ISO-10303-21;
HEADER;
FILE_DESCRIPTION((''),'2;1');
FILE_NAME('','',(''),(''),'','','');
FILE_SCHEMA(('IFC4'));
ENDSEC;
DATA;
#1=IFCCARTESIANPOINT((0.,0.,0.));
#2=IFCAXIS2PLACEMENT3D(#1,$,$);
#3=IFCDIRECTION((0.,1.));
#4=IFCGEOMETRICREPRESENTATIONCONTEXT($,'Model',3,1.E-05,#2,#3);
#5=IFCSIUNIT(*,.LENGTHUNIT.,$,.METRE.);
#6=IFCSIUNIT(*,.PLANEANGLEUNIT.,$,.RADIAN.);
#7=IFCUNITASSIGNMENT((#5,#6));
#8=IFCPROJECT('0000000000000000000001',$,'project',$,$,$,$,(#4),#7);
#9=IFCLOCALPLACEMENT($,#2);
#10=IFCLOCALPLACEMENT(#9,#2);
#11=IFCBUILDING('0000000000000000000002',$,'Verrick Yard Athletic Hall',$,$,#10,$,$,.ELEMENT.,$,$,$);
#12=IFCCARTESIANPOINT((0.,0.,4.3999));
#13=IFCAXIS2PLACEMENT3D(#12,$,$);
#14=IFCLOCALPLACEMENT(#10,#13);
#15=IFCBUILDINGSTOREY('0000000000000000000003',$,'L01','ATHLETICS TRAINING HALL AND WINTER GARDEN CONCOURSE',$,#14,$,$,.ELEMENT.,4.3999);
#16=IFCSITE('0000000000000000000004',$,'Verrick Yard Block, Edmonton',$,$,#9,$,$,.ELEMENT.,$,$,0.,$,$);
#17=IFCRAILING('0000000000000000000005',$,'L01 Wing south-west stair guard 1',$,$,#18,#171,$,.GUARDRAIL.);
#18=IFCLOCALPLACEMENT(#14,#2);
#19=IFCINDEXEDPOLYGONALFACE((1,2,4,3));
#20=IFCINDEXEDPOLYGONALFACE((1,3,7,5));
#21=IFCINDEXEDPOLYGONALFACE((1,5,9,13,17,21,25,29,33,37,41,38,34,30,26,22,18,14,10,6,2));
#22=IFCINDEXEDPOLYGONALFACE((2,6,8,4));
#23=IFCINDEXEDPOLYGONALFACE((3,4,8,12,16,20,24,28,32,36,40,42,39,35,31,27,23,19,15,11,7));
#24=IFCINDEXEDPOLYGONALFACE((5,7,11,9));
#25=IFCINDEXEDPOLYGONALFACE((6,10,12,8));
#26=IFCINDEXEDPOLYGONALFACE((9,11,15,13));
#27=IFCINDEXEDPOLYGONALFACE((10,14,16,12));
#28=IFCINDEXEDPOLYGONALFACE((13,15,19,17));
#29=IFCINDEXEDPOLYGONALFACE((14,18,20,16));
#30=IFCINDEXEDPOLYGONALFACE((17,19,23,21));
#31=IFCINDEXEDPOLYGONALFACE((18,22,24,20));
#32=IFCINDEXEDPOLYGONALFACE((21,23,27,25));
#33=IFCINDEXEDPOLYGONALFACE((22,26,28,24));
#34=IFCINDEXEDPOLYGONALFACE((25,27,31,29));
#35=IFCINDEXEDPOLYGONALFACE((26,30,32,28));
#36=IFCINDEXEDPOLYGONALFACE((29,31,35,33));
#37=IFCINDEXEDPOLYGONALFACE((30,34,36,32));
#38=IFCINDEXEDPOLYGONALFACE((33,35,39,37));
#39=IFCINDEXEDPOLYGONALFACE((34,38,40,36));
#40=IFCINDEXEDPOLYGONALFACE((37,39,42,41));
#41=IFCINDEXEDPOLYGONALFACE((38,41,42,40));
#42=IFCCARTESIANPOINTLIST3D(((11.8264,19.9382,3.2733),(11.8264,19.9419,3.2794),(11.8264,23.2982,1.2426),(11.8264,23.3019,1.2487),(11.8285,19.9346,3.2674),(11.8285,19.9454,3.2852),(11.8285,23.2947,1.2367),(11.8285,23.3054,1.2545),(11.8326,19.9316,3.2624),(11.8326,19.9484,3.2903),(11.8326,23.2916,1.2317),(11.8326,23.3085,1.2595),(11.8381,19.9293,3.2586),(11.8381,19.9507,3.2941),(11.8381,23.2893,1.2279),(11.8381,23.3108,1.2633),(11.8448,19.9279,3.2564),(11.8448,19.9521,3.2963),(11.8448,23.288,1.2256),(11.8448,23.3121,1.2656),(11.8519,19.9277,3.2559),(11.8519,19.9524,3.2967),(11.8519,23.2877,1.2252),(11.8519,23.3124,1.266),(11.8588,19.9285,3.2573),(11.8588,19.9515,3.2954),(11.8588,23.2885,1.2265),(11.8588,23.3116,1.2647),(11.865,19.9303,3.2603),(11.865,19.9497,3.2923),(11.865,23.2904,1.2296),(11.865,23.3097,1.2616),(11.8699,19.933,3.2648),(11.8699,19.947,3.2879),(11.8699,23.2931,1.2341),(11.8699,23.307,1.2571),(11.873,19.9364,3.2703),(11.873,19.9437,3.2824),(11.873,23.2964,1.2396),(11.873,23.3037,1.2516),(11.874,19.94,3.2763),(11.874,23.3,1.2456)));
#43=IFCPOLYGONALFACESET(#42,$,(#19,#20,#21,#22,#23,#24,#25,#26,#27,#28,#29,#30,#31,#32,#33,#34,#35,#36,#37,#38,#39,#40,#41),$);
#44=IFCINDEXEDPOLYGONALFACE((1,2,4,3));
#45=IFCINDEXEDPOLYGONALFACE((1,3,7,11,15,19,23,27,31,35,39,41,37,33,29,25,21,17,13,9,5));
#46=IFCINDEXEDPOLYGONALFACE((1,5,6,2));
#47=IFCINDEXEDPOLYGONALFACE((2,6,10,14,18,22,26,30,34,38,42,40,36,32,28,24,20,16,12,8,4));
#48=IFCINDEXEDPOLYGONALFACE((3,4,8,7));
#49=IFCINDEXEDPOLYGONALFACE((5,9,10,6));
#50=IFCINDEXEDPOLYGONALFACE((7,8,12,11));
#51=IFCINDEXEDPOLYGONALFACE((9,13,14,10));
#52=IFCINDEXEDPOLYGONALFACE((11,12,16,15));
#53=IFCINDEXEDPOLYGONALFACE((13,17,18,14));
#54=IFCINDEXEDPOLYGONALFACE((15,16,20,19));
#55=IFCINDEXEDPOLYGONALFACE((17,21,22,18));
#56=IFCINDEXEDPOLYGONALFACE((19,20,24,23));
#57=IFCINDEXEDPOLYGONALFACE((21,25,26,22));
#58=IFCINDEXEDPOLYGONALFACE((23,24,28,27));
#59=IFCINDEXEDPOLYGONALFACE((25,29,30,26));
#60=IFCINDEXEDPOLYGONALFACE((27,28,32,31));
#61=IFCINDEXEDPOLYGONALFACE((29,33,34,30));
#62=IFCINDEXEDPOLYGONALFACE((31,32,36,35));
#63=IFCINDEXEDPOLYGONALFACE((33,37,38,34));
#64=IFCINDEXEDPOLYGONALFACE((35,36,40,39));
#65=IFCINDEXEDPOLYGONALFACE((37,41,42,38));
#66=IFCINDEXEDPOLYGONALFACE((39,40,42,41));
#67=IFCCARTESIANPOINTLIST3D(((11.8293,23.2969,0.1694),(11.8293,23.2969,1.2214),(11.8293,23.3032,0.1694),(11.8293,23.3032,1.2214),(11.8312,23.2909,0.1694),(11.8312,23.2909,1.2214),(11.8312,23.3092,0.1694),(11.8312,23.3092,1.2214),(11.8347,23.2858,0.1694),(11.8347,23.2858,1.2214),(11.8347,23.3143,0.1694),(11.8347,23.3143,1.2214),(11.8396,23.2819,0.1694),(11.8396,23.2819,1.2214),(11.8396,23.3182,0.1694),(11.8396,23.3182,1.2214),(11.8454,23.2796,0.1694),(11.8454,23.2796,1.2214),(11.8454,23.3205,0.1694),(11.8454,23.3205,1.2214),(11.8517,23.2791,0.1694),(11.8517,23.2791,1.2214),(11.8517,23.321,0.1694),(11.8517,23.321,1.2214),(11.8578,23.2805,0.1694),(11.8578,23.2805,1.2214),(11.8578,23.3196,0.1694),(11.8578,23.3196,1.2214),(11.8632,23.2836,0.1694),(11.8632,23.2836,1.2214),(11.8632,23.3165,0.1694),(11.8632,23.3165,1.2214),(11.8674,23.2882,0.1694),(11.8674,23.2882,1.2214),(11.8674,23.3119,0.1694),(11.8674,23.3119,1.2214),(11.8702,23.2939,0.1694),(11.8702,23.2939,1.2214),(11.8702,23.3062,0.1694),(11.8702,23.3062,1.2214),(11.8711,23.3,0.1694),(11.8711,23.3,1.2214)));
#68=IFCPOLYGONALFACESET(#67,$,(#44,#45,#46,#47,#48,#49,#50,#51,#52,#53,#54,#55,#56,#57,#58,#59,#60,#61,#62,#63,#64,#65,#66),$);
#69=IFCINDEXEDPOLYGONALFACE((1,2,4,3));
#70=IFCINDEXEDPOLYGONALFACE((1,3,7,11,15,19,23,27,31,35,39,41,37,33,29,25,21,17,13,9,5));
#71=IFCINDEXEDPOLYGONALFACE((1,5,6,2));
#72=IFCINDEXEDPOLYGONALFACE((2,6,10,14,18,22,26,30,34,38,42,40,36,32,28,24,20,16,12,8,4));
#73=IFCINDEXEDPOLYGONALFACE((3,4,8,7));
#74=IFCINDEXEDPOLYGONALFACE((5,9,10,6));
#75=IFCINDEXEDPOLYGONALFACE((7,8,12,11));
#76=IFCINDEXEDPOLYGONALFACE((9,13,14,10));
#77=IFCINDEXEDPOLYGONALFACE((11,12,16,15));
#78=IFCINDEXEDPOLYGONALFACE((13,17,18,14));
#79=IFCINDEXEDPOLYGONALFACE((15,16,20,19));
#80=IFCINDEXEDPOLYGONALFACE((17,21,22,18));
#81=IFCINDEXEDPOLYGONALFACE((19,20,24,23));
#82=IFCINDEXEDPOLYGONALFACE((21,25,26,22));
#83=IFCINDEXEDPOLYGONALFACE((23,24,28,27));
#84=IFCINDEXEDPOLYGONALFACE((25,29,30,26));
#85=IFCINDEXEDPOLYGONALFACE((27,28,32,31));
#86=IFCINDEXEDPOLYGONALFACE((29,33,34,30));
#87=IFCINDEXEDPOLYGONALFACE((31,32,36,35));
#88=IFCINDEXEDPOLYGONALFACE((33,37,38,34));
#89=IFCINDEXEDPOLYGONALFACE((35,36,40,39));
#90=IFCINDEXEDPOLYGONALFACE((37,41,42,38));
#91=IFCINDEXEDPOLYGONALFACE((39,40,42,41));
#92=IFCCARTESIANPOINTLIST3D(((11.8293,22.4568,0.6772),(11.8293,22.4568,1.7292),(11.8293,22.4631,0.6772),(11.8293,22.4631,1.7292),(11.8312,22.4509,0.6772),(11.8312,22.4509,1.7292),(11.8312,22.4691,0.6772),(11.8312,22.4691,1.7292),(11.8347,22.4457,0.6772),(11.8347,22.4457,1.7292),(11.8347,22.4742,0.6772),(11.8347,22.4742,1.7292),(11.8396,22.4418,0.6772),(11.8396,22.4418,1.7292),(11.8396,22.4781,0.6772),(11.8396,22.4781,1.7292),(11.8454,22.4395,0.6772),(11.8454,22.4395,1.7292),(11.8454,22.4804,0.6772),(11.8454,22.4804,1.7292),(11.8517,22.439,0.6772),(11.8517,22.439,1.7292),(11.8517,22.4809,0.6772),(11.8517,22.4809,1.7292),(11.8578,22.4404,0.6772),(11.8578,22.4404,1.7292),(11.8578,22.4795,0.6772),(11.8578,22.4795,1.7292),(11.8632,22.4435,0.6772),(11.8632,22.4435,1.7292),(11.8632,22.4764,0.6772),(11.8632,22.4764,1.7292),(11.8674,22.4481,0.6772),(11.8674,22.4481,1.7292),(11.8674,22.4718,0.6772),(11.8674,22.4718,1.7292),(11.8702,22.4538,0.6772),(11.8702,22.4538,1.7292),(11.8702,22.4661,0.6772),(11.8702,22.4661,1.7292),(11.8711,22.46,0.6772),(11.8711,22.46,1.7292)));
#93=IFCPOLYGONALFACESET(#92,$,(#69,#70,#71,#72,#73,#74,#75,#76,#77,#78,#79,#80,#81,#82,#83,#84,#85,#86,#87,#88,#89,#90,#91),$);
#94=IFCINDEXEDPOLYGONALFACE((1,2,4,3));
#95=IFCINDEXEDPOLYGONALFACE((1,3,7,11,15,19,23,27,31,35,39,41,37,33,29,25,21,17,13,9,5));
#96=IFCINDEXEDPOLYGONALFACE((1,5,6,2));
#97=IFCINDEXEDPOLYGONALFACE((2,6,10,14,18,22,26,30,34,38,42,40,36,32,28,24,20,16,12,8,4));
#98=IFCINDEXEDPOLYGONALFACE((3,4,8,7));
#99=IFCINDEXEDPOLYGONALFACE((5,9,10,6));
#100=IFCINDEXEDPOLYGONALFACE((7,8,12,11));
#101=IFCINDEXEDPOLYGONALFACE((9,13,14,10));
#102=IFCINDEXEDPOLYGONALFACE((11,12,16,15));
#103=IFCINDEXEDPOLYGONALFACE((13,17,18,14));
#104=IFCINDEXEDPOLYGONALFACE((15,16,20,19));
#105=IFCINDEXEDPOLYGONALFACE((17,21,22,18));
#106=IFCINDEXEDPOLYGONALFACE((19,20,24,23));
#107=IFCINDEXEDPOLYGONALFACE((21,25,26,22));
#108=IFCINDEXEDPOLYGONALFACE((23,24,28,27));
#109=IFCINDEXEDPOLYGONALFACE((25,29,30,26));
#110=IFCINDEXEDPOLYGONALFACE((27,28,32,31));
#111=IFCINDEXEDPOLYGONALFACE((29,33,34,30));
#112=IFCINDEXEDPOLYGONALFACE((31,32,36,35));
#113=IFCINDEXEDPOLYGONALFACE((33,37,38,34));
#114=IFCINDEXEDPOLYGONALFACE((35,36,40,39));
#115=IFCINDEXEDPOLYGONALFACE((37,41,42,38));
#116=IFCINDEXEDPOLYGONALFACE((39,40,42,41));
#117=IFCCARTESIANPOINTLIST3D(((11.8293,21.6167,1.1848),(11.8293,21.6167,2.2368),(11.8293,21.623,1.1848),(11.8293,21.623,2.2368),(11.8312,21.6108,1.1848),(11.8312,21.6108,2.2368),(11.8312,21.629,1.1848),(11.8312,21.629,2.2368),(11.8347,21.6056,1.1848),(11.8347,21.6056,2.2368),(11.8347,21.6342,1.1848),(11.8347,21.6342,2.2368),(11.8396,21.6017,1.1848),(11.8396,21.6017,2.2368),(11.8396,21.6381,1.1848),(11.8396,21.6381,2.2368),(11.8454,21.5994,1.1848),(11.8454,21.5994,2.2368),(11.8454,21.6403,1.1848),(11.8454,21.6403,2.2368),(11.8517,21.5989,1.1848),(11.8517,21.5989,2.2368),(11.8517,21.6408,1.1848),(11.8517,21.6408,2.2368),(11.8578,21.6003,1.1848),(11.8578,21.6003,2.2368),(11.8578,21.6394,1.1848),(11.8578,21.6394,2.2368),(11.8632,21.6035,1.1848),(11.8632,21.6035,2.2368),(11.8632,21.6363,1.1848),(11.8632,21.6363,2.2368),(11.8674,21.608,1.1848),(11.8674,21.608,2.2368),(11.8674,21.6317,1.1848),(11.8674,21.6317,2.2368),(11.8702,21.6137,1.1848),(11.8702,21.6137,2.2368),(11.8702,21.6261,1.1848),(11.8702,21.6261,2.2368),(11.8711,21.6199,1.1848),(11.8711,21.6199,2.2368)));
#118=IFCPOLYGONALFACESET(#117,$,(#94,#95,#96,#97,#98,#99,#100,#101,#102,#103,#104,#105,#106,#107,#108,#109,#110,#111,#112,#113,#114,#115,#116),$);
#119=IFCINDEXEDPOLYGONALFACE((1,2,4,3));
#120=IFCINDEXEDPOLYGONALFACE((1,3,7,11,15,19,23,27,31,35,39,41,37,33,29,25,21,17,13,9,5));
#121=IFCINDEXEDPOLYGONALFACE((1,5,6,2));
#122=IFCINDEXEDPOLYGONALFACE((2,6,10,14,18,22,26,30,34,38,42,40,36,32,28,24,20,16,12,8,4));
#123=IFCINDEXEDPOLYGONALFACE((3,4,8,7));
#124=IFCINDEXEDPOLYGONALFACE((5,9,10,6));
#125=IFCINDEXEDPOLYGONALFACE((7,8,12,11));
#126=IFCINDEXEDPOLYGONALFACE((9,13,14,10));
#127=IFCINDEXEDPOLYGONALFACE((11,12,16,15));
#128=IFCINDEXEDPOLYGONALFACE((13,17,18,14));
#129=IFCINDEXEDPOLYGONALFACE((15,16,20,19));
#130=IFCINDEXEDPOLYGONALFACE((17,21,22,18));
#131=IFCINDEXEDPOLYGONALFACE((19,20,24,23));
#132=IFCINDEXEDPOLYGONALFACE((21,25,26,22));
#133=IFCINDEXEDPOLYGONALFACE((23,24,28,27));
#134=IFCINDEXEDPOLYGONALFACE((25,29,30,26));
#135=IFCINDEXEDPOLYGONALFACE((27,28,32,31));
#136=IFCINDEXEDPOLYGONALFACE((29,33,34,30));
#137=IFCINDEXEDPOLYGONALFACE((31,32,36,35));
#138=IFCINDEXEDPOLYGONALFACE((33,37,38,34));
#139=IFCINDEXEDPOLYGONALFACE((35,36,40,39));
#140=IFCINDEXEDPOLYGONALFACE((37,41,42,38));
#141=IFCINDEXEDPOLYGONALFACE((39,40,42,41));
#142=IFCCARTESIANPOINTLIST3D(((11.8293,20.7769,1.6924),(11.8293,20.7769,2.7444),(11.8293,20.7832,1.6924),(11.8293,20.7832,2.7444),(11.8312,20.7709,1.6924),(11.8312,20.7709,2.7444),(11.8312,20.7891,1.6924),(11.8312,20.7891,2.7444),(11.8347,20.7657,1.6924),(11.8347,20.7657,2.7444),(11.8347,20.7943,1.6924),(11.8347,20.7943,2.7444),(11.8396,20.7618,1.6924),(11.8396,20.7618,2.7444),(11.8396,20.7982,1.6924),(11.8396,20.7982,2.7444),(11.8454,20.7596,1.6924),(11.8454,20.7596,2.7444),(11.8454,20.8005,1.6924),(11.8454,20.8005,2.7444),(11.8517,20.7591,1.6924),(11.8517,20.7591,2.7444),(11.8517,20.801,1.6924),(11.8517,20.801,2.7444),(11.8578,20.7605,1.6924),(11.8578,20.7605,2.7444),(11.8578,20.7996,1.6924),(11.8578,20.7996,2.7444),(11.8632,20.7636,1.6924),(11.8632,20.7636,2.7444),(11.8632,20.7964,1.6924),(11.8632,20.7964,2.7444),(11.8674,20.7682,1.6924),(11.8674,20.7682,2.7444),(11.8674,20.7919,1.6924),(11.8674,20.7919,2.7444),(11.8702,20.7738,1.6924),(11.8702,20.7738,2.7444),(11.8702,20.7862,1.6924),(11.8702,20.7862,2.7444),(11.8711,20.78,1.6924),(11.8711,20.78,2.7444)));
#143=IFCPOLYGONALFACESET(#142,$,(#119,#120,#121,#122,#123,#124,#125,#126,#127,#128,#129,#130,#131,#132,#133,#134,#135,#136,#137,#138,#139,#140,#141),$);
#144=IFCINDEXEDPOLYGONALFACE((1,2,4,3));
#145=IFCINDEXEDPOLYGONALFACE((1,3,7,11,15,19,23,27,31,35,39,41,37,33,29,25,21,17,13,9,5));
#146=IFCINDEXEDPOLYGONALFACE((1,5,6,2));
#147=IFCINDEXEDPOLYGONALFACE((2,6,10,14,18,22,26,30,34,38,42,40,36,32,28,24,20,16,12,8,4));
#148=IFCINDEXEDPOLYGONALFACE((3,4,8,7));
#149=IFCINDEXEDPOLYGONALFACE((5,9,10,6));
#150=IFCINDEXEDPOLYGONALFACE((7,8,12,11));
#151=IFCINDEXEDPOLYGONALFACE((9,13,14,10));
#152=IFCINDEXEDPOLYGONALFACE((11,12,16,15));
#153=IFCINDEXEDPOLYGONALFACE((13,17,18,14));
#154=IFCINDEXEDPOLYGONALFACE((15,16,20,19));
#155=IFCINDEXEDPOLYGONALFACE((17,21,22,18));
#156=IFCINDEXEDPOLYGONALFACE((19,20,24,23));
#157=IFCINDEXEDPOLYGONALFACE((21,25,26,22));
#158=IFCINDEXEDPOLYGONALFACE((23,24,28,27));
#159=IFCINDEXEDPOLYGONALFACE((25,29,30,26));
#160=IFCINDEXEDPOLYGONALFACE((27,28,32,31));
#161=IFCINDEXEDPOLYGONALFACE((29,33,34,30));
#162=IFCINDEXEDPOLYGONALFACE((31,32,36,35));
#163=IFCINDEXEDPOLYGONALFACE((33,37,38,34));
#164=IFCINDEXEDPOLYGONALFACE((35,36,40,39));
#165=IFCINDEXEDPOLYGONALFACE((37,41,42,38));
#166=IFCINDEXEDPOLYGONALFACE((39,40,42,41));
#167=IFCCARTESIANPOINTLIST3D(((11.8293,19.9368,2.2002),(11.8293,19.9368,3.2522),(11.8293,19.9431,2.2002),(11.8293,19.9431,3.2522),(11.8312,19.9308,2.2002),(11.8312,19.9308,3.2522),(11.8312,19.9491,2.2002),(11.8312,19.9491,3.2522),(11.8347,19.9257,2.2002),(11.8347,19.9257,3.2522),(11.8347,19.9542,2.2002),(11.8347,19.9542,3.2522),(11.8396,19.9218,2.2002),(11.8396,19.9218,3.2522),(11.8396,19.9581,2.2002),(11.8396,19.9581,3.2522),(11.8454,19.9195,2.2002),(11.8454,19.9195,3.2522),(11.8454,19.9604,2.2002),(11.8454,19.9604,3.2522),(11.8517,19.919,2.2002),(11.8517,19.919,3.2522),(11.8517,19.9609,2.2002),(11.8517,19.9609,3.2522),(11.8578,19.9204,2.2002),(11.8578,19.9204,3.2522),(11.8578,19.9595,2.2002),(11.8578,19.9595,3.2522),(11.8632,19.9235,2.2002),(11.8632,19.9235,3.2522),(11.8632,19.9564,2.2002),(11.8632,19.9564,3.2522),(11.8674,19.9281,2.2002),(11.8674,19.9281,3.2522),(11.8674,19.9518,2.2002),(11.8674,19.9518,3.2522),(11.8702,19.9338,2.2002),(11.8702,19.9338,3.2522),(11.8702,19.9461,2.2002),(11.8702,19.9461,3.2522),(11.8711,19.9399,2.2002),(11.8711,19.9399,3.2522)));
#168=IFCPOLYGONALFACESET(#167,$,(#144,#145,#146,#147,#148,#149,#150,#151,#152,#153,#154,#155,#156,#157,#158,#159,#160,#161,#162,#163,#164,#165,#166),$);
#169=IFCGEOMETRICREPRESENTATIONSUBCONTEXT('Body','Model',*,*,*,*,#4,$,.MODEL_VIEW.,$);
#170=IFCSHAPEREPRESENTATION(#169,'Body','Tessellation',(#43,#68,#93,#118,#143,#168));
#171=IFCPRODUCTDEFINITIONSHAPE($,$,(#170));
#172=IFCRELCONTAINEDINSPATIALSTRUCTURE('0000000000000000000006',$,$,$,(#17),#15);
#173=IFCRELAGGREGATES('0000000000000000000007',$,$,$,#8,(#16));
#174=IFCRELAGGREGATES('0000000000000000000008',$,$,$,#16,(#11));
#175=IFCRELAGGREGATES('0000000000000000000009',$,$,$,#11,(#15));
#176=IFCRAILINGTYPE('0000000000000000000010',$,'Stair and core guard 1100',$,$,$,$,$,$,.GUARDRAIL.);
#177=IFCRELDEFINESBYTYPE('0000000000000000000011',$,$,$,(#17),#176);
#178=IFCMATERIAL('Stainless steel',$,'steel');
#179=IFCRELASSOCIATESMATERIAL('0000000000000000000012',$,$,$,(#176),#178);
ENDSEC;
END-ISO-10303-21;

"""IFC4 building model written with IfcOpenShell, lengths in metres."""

from ifc_helpers import new_model, si_unit, direction, frame, origin, origin_2d, place, context, subcontext, project, spatial, circle, extrude, material, type_object, element, save


model = new_model("IFC4")

# Units and contexts
model_context = context("Model", 3, precision=1e-05, world=origin(), true_north=direction((0.0, 1.0)))
body_context = subcontext(model_context, "Body", "Model", "MODEL_VIEW")
ifc_project = project(units=[si_unit("LENGTHUNIT", "METRE"), si_unit("PLANEANGLEUNIT", "RADIAN")], contexts=[model_context])

# Site, building, storey
site_placement = place(None, origin())
site = spatial("IfcSite", under=ifc_project, at=site_placement, Name="Verrick Yard Block, Edmonton", CompositionType="ELEMENT", RefElevation=0.0)
building_placement = place(site_placement, origin())
building = spatial("IfcBuilding", under=site, at=building_placement, Name="Verrick Yard Athletic Hall", CompositionType="ELEMENT")
storey_placement = place(building_placement, frame((0.0, 0.0, 4.3999)))
storey = spatial("IfcBuildingStorey", under=building, at=storey_placement, Name="L01", Description="ATHLETICS TRAINING HALL AND WINTER GARDEN CONCOURSE", CompositionType="ELEMENT", Elevation=4.3999)

# Railing
ifc_material_1 = material(Name="Stainless steel", Category="steel")
railing_type_1 = type_object("IfcRailingType", Name="Stair and core guard 1100", PredefinedType="GUARDRAIL", material=ifc_material_1)
railing_1_placement = place(storey_placement, frame((11.8501, 23.3, 0.1694)))
element("IfcRailing", 1, at=railing_1_placement, inside=storey, type_object=railing_type_1, Name="L01 Wing south-west stair guard 1", PredefinedType="GUARDRAIL", context=body_context, shape_type="SweptSolid", body=[
    extrude(circle(Radius=0.0239, at=origin_2d()), frame((0.0, 0.0, 1.0762), z_axis=(0.0, -0.855837, 0.517246), x_axis=(1.0, 0.0, 0.0)), (0.0, 0.0, 1.0), 3.926),
    extrude(circle(Radius=0.021, at=origin_2d()), origin(), (0.0, 0.0, 1.0), 1.052),
    extrude(circle(Radius=0.021, at=origin_2d()), frame((0.0, -0.8401, 0.5078)), (0.0, 0.0, 1.0), 1.052),
    extrude(circle(Radius=0.021, at=origin_2d()), frame((0.0, -1.6802, 1.0154)), (0.0, 0.0, 1.0), 1.052),
    extrude(circle(Radius=0.021, at=origin_2d()), frame((0.0, -2.52, 1.5229)), (0.0, 0.0, 1.0), 1.052),
    extrude(circle(Radius=0.021, at=origin_2d()), frame((0.0, -3.3601, 2.0308)), (0.0, 0.0, 1.0), 1.052),
])

save(model, "model.ifc")
